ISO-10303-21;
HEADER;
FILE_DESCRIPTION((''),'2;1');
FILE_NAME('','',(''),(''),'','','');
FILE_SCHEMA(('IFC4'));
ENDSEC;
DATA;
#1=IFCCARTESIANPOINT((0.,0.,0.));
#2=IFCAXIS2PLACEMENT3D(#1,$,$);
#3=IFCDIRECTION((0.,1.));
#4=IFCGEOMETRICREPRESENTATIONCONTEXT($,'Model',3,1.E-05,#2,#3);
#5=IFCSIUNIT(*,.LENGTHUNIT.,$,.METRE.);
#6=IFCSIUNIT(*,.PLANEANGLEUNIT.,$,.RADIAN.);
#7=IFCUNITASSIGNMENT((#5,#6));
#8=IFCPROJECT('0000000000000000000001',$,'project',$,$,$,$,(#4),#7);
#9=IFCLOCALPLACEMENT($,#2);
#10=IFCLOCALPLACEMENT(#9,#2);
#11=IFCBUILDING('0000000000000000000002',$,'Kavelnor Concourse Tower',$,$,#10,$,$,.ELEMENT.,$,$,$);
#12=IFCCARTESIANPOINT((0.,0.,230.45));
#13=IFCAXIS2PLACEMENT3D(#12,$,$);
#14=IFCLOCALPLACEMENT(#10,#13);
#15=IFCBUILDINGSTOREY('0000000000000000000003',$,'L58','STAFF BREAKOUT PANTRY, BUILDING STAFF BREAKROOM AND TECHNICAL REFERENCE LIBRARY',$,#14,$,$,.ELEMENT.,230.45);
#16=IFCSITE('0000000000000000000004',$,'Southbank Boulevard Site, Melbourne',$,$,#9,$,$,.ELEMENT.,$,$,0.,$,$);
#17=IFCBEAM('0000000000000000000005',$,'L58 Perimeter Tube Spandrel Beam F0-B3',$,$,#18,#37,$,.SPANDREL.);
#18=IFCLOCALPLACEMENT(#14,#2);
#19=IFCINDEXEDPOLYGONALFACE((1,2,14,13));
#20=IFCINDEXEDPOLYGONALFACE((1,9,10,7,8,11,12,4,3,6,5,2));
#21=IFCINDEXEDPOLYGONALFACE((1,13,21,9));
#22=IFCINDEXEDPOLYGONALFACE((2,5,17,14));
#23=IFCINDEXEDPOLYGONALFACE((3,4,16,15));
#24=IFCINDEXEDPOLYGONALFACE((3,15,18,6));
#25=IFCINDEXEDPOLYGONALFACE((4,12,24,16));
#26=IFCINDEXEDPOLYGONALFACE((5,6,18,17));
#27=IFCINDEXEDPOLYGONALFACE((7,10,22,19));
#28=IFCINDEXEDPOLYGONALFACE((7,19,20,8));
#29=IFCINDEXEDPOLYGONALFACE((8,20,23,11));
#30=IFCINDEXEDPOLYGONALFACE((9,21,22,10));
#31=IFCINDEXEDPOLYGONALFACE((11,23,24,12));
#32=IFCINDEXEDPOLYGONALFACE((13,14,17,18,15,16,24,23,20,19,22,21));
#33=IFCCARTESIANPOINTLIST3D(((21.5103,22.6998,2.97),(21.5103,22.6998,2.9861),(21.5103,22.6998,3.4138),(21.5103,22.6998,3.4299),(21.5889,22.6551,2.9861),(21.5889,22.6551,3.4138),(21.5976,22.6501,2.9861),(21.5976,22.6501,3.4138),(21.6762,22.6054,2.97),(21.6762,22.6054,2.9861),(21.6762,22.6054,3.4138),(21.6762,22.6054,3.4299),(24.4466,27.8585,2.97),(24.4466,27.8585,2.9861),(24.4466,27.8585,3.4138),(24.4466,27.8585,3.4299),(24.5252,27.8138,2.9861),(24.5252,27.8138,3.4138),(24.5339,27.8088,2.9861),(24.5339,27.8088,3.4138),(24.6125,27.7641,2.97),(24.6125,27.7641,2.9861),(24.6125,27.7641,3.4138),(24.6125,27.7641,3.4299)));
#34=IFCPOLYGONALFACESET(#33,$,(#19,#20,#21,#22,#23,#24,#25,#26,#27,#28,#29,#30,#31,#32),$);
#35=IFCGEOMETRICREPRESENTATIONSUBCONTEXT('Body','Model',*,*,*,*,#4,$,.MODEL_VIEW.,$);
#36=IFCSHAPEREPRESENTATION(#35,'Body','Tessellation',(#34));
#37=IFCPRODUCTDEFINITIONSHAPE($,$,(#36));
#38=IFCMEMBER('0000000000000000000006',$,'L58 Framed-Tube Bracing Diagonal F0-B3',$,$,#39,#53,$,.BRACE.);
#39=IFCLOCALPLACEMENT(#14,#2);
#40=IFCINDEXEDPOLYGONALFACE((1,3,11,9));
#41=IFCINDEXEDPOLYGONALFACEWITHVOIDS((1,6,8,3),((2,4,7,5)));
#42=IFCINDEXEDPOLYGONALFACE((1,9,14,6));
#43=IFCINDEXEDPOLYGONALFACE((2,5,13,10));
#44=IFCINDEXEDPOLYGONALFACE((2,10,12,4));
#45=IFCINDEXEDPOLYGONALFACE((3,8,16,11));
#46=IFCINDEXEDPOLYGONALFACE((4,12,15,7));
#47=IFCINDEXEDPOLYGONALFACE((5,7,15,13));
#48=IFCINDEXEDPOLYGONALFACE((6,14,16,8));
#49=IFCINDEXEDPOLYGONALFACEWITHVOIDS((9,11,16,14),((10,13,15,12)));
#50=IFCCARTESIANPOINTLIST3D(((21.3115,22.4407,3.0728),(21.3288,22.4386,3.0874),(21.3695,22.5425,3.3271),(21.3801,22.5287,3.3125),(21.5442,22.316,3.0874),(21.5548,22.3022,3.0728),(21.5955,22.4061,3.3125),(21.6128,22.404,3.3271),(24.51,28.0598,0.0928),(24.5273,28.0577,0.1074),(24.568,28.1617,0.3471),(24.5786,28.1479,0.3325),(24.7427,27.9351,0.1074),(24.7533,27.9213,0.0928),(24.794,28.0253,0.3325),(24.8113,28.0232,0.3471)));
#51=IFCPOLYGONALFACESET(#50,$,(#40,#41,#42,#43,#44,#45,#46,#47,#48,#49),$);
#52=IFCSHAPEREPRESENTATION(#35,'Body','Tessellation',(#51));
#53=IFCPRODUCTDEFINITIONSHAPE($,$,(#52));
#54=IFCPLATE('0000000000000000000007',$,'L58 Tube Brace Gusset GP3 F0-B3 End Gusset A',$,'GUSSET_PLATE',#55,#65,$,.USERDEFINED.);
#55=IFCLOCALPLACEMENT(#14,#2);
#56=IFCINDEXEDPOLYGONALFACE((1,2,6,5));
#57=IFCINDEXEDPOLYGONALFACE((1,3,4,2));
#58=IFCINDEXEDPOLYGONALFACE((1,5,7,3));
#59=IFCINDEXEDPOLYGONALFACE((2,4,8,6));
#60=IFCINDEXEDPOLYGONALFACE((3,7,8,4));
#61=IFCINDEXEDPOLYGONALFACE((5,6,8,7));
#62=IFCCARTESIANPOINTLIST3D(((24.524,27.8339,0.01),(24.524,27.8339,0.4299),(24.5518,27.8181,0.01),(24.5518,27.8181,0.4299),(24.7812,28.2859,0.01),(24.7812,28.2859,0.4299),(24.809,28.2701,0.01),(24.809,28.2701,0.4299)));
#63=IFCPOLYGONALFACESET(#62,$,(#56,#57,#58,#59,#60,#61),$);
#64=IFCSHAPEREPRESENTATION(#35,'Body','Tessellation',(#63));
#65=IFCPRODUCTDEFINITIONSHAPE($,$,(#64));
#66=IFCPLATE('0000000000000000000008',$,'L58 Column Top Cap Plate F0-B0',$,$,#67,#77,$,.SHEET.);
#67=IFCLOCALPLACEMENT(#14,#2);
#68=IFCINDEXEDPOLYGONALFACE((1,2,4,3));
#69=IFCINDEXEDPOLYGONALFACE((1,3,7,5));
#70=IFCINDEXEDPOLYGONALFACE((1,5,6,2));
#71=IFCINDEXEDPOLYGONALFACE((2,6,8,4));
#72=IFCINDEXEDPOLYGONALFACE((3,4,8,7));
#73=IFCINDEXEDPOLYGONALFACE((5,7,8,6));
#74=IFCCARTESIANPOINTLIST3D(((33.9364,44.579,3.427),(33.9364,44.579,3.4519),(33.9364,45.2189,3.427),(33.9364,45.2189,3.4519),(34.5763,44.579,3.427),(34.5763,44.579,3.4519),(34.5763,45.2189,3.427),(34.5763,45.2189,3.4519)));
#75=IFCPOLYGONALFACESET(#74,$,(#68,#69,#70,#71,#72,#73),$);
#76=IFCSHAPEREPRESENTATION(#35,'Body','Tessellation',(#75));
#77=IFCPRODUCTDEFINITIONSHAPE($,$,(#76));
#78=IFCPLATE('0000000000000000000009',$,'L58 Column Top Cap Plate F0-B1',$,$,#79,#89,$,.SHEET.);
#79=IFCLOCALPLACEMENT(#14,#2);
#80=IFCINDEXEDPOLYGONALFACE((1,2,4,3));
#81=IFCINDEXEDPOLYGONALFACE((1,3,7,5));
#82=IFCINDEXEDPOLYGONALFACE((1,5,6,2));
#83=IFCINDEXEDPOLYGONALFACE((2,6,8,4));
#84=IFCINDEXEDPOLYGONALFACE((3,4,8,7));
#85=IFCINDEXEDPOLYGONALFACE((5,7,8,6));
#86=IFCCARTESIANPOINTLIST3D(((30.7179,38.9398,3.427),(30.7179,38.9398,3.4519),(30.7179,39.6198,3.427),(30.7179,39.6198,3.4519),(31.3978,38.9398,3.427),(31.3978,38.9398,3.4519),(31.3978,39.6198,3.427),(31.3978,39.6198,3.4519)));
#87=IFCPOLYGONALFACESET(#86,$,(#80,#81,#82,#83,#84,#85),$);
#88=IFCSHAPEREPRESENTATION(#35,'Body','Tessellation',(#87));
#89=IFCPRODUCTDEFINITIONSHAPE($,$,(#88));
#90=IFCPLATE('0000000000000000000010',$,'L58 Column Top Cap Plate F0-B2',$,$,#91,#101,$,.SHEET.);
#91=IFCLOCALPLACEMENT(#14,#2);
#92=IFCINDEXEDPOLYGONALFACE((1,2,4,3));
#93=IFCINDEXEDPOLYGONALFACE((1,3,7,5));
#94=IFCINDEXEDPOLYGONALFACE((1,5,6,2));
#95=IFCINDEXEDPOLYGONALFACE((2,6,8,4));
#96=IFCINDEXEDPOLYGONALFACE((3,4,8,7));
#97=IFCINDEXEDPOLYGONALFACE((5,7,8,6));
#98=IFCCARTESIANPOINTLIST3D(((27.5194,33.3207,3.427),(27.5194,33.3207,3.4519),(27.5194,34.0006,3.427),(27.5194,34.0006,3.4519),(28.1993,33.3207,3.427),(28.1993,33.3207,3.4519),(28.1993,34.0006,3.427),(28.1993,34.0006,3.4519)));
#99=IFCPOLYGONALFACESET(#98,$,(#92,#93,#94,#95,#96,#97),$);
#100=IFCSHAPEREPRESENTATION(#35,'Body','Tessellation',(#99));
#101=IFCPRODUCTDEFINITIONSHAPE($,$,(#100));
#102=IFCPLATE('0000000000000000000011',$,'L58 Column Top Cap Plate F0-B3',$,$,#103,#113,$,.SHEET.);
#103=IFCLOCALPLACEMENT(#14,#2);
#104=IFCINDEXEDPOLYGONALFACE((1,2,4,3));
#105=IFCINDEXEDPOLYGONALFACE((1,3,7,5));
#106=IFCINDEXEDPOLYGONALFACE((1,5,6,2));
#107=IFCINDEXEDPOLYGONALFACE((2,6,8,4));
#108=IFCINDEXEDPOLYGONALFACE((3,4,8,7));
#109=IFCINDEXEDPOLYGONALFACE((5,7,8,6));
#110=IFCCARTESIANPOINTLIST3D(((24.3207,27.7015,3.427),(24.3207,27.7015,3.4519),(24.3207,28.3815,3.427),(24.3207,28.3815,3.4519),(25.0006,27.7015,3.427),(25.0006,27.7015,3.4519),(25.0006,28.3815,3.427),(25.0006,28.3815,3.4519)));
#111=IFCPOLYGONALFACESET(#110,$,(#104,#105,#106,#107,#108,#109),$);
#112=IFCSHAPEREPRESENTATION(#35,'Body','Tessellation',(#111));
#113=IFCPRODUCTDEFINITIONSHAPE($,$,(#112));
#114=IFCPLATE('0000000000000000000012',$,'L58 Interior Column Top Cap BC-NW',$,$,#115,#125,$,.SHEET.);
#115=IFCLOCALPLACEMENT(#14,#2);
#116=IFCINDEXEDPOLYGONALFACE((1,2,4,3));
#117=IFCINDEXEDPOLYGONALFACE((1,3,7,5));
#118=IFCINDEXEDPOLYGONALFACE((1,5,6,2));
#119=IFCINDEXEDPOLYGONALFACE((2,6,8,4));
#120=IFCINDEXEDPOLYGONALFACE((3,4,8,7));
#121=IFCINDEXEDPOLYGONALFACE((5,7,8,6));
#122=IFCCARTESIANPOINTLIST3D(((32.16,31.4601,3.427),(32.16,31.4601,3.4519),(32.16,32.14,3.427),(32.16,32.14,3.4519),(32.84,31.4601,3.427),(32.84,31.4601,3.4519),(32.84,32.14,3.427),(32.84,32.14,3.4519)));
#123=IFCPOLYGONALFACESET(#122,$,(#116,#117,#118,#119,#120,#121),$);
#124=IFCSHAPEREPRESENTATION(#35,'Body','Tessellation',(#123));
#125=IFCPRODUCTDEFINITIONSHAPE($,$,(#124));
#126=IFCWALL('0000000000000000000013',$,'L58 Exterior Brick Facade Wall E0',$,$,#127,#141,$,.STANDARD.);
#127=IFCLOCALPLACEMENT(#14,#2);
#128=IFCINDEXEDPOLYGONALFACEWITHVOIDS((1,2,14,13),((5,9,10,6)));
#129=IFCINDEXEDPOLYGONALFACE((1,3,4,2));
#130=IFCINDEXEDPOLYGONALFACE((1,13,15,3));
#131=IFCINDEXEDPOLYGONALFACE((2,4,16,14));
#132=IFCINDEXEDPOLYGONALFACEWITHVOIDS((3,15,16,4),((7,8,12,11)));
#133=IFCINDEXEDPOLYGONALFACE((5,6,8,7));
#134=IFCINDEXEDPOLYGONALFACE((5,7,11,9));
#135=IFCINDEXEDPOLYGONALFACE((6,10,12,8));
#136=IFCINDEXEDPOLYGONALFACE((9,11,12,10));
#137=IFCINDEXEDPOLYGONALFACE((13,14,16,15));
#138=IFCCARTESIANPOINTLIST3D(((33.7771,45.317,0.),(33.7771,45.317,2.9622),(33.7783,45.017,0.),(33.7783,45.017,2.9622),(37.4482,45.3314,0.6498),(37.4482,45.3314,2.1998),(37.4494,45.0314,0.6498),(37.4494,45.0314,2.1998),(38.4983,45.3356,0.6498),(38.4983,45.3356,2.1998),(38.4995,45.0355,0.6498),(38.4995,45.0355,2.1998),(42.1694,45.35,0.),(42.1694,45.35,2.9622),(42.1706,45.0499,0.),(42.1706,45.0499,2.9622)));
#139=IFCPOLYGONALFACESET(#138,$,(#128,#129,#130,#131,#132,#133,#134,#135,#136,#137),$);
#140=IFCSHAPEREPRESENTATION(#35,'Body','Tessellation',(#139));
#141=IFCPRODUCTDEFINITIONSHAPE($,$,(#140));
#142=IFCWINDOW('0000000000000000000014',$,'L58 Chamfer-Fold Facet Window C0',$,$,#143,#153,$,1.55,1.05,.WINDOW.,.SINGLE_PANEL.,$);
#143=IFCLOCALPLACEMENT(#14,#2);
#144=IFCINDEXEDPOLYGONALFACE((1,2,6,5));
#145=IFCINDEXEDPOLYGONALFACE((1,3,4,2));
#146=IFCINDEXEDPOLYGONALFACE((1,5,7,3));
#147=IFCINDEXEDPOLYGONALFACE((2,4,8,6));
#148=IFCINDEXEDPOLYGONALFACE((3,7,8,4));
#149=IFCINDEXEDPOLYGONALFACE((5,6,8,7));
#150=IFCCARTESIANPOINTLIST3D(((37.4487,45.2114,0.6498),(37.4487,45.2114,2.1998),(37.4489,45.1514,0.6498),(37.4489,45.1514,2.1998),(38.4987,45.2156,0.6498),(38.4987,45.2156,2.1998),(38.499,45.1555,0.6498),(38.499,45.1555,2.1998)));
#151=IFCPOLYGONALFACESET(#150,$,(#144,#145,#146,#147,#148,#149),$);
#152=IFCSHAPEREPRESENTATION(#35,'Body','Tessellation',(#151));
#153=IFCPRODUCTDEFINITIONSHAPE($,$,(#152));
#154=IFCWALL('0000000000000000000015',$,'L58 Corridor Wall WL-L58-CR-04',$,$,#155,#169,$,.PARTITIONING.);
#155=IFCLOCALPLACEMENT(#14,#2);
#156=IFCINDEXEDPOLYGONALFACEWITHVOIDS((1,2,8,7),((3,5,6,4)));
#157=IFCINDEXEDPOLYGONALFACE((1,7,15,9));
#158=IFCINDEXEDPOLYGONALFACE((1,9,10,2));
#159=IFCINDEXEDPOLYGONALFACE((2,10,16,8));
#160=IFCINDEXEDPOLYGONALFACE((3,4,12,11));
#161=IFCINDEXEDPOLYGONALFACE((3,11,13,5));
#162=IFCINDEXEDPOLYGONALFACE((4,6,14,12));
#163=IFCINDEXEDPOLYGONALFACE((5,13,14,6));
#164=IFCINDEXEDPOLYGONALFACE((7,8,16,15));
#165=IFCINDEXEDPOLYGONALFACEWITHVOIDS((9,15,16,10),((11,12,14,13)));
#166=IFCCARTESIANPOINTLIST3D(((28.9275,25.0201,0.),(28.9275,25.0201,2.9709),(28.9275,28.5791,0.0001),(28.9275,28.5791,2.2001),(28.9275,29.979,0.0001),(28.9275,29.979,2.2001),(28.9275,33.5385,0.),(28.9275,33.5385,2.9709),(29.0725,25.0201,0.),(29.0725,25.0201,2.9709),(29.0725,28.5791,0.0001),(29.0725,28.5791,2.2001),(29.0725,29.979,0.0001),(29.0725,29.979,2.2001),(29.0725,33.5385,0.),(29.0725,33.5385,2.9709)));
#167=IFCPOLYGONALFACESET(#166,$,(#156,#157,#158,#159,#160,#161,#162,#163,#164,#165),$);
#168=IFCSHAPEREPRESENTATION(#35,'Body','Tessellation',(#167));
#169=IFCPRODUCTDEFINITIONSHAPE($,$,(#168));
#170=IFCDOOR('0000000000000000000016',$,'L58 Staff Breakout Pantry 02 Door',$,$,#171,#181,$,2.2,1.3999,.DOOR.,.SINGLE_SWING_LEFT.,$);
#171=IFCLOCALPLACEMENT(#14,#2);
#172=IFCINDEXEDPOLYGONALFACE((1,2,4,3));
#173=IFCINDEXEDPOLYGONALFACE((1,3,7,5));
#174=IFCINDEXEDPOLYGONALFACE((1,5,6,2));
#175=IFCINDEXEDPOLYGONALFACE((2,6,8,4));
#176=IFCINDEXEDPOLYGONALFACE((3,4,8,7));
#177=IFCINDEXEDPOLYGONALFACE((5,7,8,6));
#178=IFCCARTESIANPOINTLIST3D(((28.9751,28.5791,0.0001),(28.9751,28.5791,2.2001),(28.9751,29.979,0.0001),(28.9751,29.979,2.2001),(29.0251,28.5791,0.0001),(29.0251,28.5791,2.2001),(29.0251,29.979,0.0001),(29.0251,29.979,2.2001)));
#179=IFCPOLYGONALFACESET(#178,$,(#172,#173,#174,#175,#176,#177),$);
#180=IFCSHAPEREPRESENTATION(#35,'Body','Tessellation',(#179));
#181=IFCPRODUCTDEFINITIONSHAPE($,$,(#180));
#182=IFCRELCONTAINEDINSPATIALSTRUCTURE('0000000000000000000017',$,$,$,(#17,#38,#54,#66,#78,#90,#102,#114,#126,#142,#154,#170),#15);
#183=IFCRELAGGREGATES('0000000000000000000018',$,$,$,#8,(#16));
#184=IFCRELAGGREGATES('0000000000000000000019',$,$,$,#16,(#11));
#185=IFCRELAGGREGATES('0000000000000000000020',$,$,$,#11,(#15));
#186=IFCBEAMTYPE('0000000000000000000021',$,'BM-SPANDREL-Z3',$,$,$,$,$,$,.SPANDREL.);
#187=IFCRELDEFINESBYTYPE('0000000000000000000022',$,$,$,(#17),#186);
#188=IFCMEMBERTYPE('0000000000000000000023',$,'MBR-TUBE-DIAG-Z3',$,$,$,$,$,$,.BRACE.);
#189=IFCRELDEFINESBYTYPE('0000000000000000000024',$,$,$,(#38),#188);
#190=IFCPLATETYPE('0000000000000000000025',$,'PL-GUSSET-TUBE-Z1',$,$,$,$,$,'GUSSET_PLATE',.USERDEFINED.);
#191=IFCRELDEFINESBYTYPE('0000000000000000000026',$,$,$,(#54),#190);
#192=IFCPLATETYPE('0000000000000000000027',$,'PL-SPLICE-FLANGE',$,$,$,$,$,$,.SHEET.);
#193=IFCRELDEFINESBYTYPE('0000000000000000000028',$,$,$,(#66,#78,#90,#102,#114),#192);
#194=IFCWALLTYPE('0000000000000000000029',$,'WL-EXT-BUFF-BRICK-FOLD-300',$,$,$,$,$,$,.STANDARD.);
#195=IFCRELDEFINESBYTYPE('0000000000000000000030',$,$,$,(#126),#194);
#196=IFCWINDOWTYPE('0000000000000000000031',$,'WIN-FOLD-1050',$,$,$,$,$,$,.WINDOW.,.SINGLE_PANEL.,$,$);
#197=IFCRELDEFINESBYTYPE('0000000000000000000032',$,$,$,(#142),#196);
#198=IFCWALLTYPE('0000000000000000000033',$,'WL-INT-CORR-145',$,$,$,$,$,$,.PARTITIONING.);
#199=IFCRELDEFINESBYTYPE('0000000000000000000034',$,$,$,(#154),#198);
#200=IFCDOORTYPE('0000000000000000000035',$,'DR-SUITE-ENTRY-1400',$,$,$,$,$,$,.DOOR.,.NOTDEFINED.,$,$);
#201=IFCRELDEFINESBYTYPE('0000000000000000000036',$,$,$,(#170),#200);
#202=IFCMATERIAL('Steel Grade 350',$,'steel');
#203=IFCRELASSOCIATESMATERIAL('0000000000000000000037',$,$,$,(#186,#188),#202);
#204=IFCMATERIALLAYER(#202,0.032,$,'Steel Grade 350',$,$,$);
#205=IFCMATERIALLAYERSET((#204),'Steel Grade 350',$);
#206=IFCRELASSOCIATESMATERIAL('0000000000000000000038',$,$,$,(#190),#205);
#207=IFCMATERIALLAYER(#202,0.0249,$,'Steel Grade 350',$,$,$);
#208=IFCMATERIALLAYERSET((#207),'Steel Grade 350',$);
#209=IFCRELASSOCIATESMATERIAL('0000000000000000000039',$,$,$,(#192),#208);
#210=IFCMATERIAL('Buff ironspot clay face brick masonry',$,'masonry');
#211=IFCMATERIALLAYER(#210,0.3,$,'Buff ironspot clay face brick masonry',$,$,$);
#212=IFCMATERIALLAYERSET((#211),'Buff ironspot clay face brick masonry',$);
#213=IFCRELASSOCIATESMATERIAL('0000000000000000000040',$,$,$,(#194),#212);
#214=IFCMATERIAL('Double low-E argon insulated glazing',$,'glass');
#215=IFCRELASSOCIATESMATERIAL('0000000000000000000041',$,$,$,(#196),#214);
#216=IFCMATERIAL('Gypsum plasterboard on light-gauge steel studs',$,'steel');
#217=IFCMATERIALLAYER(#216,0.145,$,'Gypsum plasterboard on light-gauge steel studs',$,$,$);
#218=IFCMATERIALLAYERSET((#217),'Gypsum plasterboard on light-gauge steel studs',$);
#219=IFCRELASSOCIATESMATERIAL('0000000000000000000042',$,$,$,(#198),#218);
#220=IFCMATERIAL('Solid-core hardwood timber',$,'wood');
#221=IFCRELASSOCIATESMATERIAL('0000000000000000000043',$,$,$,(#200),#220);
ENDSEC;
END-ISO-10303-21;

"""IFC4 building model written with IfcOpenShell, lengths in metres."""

from ifc_helpers import new_model, si_unit, direction, frame, frame_2d, origin, origin_2d, place, context, subcontext, project, spatial, rectangle, hollow_rectangle, i_section, extrude, material, layer, layer_set, material_profile, profile_set, type_object, element, fill, save


model = new_model("IFC4")

# Units and contexts
model_context = context("Model", 3, precision=1e-05, world=origin(), true_north=direction((0.0, 1.0)))
body_context = subcontext(model_context, "Body", "Model", "MODEL_VIEW")
ifc_project = project(units=[si_unit("LENGTHUNIT", "METRE"), si_unit("PLANEANGLEUNIT", "RADIAN")], contexts=[model_context])

# Site, building, storey
site_placement = place(None, origin())
site = spatial("IfcSite", under=ifc_project, at=site_placement, Name="Southbank Boulevard Site, Melbourne", CompositionType="ELEMENT", RefElevation=0.0)
building_placement = place(site_placement, origin())
building = spatial("IfcBuilding", under=site, at=building_placement, Name="Kavelnor Concourse Tower", CompositionType="ELEMENT")
storey_placement = place(building_placement, frame((0.0, 0.0, 230.45)))
storey = spatial("IfcBuildingStorey", under=building, at=storey_placement, Name="L58", Description="STAFF BREAKOUT PANTRY, BUILDING STAFF BREAKROOM AND TECHNICAL REFERENCE LIBRARY", CompositionType="ELEMENT", Elevation=230.45)

# Shared definitions
ifc_material_1 = material(Name="Steel Grade 350", Category="steel")

# Beam
ifc_material_profile_1 = material_profile(ifc_material_1, i_section(OverallWidth=0.1909, OverallDepth=0.46, WebThickness=0.01, FlangeThickness=0.0161, at=origin_2d()), Name="460UB82")
ifc_profile_set_1 = profile_set([ifc_material_profile_1], Name="Steel Grade 350")
beam_type_1 = type_object("IfcBeamType", Name="BM-SPANDREL-Z3", PredefinedType="SPANDREL", material=ifc_profile_set_1)
beam_1_placement = place(storey_placement, frame((24.5295, 27.8113, 3.2), z_axis=(-0.494672, -0.86908, 0.0), x_axis=(0.86908, -0.494672, 0.0)))
element("IfcBeam", 1, at=beam_1_placement, inside=storey, type_object=beam_type_1, Name="L58 Perimeter Tube Spandrel Beam F0-B3", PredefinedType="SPANDREL", context=body_context, shape_type="SweptSolid", body=[
    extrude(i_section(OverallWidth=0.1909, OverallDepth=0.46, WebThickness=0.01, FlangeThickness=0.0161, at=origin_2d()), origin(), (0.0, 0.0, 1.0), 5.9358),
])

# Member
ifc_material_profile_2 = material_profile(ifc_material_1, hollow_rectangle(XDim=0.28, YDim=0.28, WallThickness=0.0161, at=origin_2d()), Name="SHS 280x280x16")
ifc_profile_set_2 = profile_set([ifc_material_profile_2], Name="Steel Grade 350")
member_type = type_object("IfcMemberType", Name="MBR-TUBE-DIAG-Z3", PredefinedType="BRACE", material=ifc_profile_set_2)
member_placement = place(storey_placement, frame((24.6606, 28.0415, 0.22), z_axis=(-0.449266, -0.789276, 0.418574), x_axis=(0.869071, -0.494687, 0.0)))
element("IfcMember", 2, at=member_placement, inside=storey, type_object=member_type, Name="L58 Framed-Tube Bracing Diagonal F0-B3", PredefinedType="BRACE", context=body_context, shape_type="SweptSolid", body=[
    extrude(hollow_rectangle(XDim=0.28, YDim=0.28, WallThickness=0.0161, at=origin_2d()), origin(), (0.0, 0.0, 1.0), 7.1194),
])

# Plates
ifc_layer_1 = layer(ifc_material_1, 0.032, Name="Steel Grade 350")
ifc_layer_set_1 = layer_set([ifc_layer_1], Name="Steel Grade 350")
plate_type_1 = type_object("IfcPlateType", Name="PL-GUSSET-TUBE-Z1", ElementType="GUSSET_PLATE", PredefinedType="USERDEFINED", material=ifc_layer_set_1)
plate_1_placement = place(storey_placement, frame((24.6665, 28.052, 0.01), z_axis=(0.0, 0.0, 1.0), x_axis=(-0.4947, -0.869064, 0.0)))
element("IfcPlate", 3, at=plate_1_placement, inside=storey, type_object=plate_type_1, Name="L58 Tube Brace Gusset GP3 F0-B3 End Gusset A", ObjectType="GUSSET_PLATE", PredefinedType="USERDEFINED", context=body_context, shape_type="SweptSolid", body=[
    extrude(rectangle(XDim=0.52, YDim=0.032, at=origin_2d()), origin(), (0.0, 0.0, 1.0), 0.4199),
])
ifc_layer_2 = layer(ifc_material_1, 0.0249, Name="Steel Grade 350")
ifc_layer_set_2 = layer_set([ifc_layer_2], Name="Steel Grade 350")
plate_type_2 = type_object("IfcPlateType", Name="PL-SPLICE-FLANGE", PredefinedType="SHEET", material=ifc_layer_set_2)
plate_2_placement = place(storey_placement, frame((34.2563, 44.8989, 3.427), z_axis=(0.0, 0.0, 1.0), x_axis=(1.0, 0.0, 0.0)))
element("IfcPlate", 4, at=plate_2_placement, inside=storey, type_object=plate_type_2, Name="L58 Column Top Cap Plate F0-B0", PredefinedType="SHEET", context=body_context, shape_type="SweptSolid", body=[
    extrude(rectangle(XDim=0.6399, YDim=0.6399, at=origin_2d()), origin(), (0.0, 0.0, 1.0), 0.0249),
])
for number, where, z_axis, x_axis, name in (
    (5, (31.0579, 39.2798, 3.427), (0.0, 0.0, 1.0), (1.0, 0.0, 0.0), "L58 Column Top Cap Plate F0-B1"),
    (6, (27.8594, 33.6606, 3.427), (0.0, 0.0, 1.0), (1.0, 0.0, 0.0), "L58 Column Top Cap Plate F0-B2"),
    (7, (24.6606, 28.0415, 3.427), (0.0, 0.0, 1.0), (1.0, 0.0, 0.0), "L58 Column Top Cap Plate F0-B3"),
    (8, (32.5, 31.8, 3.427), (0.0, 0.0, 1.0), (1.0, 0.0, 0.0), "L58 Interior Column Top Cap BC-NW"),
):
    element("IfcPlate", number, at=place(storey_placement, frame(where, z_axis=z_axis, x_axis=x_axis)), inside=storey, type_object=plate_type_2, Name=name, PredefinedType="SHEET", context=body_context, shape_type="SweptSolid", body=[
        extrude(rectangle(XDim=0.6799, YDim=0.6799, at=origin_2d()), origin(), (0.0, 0.0, 1.0), 0.0249),
    ])

# Wall, opening, window
ifc_material_2 = material(Name="Buff ironspot clay face brick masonry", Category="masonry")
ifc_layer_3 = layer(ifc_material_2, 0.3, Name="Buff ironspot clay face brick masonry")
ifc_layer_set_3 = layer_set([ifc_layer_3], Name="Buff ironspot clay face brick masonry")
wall_type_1 = type_object("IfcWallType", Name="WL-EXT-BUFF-BRICK-FOLD-300", PredefinedType="STANDARD", material=ifc_layer_set_3)
wall_1_placement = place(storey_placement, frame((33.7776, 45.167, 0.0), z_axis=(0.0, 0.0, 1.0), x_axis=(0.999992, 0.003927, 0.0)))
wall_1 = element("IfcWall", 9, at=wall_1_placement, inside=storey, type_object=wall_type_1, Name="L58 Exterior Brick Facade Wall E0", PredefinedType="STANDARD", context=body_context, shape_type="SweptSolid", body=[
    extrude(rectangle(XDim=8.3923, YDim=0.3, at=frame_2d((4.1963, 0.0))), origin(), (0.0, 0.0, 1.0), 2.9622),
])
opening_1_placement = place(wall_1_placement, frame((3.6714, 0.0, 0.6499)))
opening_1 = element("IfcOpeningElement", 10, at=opening_1_placement, cuts=wall_1, PredefinedType="OPENING", context=body_context, shape_type="SweptSolid", body=[
    extrude(rectangle(XDim=1.05, YDim=1.55, at=frame_2d((0.5249, 0.7749))), frame((0.0, 0.1602, 0.0), z_axis=(0.0, -1.0, 0.0), x_axis=(1.0, 0.0, 0.0)), (0.0, 0.0, 1.0), 0.3201),
])
ifc_material_3 = material(Name="Double low-E argon insulated glazing", Category="glass")
window_type = type_object("IfcWindowType", Name="WIN-FOLD-1050", PartitioningType="SINGLE_PANEL", PredefinedType="WINDOW", material=ifc_material_3)
window_placement = place(opening_1_placement, origin())
window = element("IfcWindow", 11, at=window_placement, inside=storey, type_object=window_type, Name="L58 Chamfer-Fold Facet Window C0", OverallHeight=1.55, OverallWidth=1.05, PartitioningType="SINGLE_PANEL", PredefinedType="WINDOW", context=body_context, shape_type="SweptSolid", body=[
    extrude(rectangle(XDim=1.05, YDim=1.55, at=frame_2d((0.5249, 0.7749))), frame((0.0, 0.03, 0.0), z_axis=(0.0, -1.0, 0.0), x_axis=(1.0, 0.0, 0.0)), (0.0, 0.0, 1.0), 0.0601),
])
fill(opening_1, window)

# Wall, opening, door
ifc_material_4 = material(Name="Gypsum plasterboard on light-gauge steel studs", Category="steel")
ifc_layer_4 = layer(ifc_material_4, 0.145, Name="Gypsum plasterboard on light-gauge steel studs")
ifc_layer_set_4 = layer_set([ifc_layer_4], Name="Gypsum plasterboard on light-gauge steel studs")
wall_type_2 = type_object("IfcWallType", Name="WL-INT-CORR-145", PredefinedType="PARTITIONING", material=ifc_layer_set_4)
wall_2_placement = place(storey_placement, frame((29.0, 25.02, 0.0), z_axis=(0.0, 0.0, 1.0), x_axis=(0.0, 1.0, 0.0)))
wall_2 = element("IfcWall", 12, at=wall_2_placement, inside=storey, type_object=wall_type_2, Name="L58 Corridor Wall WL-L58-CR-04", PredefinedType="PARTITIONING", context=body_context, shape_type="SweptSolid", body=[
    extrude(rectangle(XDim=8.5183, YDim=0.145, at=frame_2d((4.2593, 0.0))), origin(), (0.0, 0.0, 1.0), 2.9709),
])
opening_2_placement = place(wall_2_placement, frame((3.5591, 0.0, 0.0)))
opening_2 = element("IfcOpeningElement", 13, at=opening_2_placement, cuts=wall_2, PredefinedType="OPENING", context=body_context, shape_type="SweptSolid", body=[
    extrude(rectangle(XDim=1.3999, YDim=2.2, at=frame_2d((0.7, 1.1001))), frame((0.0, 0.0825, 0.0), z_axis=(0.0, -1.0, 0.0), x_axis=(1.0, 0.0, 0.0)), (0.0, 0.0, 1.0), 0.165),
])
ifc_material_5 = material(Name="Solid-core hardwood timber", Category="wood")
door_type = type_object("IfcDoorType", Name="DR-SUITE-ENTRY-1400", OperationType="NOTDEFINED", PredefinedType="DOOR", material=ifc_material_5)
door_placement = place(opening_2_placement, origin())
door = element("IfcDoor", 14, at=door_placement, inside=storey, type_object=door_type, Name="L58 Staff Breakout Pantry 02 Door", OperationType="SINGLE_SWING_LEFT", OverallHeight=2.2, OverallWidth=1.3999, PredefinedType="DOOR", context=body_context, shape_type="SweptSolid", body=[
    extrude(rectangle(XDim=1.3999, YDim=2.2, at=frame_2d((0.7, 1.1001))), frame((0.0, 0.0249, 0.0), z_axis=(0.0, -1.0, 0.0), x_axis=(1.0, 0.0, 0.0)), (0.0, 0.0, 1.0), 0.05),
])
fill(opening_2, door)

save(model, "model.ifc")
